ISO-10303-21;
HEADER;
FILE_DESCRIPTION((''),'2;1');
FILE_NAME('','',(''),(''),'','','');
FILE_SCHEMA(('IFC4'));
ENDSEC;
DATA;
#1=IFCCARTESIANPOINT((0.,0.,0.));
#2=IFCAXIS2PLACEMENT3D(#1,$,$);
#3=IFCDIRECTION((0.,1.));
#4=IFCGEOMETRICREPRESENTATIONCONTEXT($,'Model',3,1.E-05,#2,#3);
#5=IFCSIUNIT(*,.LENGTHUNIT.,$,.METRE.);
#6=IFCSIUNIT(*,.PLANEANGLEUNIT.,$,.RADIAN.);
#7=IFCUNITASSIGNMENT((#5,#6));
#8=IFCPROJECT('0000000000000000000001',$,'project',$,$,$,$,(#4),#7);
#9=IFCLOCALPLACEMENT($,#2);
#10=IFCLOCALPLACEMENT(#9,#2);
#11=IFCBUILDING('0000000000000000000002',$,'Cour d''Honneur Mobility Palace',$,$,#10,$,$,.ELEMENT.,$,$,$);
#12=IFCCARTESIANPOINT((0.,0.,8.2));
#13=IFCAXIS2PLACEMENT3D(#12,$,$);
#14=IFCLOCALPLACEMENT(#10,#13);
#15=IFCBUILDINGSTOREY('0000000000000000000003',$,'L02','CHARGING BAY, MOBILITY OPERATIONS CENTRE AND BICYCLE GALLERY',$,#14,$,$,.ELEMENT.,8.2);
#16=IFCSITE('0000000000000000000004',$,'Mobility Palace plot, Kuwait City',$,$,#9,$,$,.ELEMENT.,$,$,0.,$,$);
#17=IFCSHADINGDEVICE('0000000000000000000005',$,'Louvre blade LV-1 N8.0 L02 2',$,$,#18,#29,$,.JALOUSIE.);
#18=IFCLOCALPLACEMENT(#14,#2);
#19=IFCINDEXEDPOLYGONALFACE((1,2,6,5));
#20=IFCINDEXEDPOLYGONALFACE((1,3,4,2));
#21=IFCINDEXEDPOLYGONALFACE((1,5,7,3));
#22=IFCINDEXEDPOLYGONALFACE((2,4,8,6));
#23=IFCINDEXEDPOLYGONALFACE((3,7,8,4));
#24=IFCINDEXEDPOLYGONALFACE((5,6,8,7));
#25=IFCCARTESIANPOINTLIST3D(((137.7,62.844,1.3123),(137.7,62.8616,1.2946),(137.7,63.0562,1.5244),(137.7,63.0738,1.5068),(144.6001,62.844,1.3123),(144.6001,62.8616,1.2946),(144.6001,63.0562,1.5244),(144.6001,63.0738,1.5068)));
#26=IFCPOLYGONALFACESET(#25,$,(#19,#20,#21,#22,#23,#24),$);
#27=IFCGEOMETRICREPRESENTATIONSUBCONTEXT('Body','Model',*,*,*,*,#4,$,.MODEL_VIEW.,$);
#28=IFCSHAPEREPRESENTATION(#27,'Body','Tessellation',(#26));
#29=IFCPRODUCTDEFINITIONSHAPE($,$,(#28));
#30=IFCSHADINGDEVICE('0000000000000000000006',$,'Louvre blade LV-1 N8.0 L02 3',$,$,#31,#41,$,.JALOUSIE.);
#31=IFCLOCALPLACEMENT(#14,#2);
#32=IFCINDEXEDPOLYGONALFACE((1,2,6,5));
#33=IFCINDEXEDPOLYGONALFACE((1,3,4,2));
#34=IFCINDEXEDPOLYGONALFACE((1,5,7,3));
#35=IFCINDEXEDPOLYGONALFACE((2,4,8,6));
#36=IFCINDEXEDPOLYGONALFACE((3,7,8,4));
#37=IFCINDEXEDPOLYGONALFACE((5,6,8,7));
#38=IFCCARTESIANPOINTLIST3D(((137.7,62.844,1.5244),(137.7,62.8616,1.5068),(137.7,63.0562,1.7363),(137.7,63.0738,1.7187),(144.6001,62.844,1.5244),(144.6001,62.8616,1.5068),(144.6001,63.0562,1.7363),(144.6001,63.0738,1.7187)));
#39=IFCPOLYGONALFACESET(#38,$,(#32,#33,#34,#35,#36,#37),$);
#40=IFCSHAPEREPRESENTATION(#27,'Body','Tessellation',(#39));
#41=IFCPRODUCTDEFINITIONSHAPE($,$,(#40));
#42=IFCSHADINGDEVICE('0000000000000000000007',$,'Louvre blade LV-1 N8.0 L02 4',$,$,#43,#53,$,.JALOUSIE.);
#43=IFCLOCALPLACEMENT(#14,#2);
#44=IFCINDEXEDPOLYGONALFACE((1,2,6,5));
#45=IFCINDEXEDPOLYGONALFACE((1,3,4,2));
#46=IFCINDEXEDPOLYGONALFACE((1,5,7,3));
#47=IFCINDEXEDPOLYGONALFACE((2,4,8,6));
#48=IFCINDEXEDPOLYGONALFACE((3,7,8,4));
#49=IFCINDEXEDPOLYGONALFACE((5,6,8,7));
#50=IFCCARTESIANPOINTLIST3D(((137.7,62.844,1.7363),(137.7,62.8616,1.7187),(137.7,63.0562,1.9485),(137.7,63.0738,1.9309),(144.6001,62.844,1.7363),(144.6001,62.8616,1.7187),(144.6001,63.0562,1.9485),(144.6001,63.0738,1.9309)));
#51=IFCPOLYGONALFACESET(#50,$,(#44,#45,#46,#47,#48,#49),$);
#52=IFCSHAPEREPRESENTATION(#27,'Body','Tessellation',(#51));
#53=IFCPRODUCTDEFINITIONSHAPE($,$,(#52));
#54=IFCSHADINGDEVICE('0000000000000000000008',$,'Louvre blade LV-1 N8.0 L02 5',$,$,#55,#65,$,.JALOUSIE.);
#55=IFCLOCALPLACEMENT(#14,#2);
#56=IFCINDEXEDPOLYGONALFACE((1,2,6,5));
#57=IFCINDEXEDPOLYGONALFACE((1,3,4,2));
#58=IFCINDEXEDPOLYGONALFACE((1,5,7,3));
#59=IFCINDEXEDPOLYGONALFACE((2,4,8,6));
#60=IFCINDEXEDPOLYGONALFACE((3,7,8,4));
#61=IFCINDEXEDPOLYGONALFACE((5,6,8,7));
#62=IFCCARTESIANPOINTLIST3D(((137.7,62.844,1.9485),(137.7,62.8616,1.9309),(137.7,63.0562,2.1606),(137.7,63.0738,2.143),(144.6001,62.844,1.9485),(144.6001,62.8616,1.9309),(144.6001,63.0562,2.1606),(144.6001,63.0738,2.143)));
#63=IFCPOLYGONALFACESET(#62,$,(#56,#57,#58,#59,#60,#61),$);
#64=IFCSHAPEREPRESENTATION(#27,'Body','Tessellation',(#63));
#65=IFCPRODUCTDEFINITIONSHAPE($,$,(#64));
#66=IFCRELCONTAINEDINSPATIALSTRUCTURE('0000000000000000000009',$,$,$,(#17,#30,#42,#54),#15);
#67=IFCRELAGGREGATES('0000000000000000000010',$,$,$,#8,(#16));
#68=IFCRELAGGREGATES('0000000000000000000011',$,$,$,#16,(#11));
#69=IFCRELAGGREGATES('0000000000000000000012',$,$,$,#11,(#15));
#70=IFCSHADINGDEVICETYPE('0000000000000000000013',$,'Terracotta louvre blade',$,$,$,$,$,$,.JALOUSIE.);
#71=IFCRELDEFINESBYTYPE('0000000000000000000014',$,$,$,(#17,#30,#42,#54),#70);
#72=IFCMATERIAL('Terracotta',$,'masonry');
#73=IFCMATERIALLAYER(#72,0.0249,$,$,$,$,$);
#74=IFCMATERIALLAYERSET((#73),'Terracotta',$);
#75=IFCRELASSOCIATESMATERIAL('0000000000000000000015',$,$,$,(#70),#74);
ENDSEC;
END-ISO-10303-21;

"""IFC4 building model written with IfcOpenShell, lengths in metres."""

from ifc_helpers import new_model, si_unit, direction, frame, origin, place, context, subcontext, project, spatial, polyline, outline, extrude, material, layer, layer_set, type_object, element, save


model = new_model("IFC4")

# Units and contexts
model_context = context("Model", 3, precision=1e-05, world=origin(), true_north=direction((0.0, 1.0)))
body_context = subcontext(model_context, "Body", "Model", "MODEL_VIEW")
ifc_project = project(units=[si_unit("LENGTHUNIT", "METRE"), si_unit("PLANEANGLEUNIT", "RADIAN")], contexts=[model_context])

# Site, building, storey
site_placement = place(None, origin())
site = spatial("IfcSite", under=ifc_project, at=site_placement, Name="Mobility Palace plot, Kuwait City", CompositionType="ELEMENT", RefElevation=0.0)
building_placement = place(site_placement, origin())
building = spatial("IfcBuilding", under=site, at=building_placement, Name="Cour d'Honneur Mobility Palace", CompositionType="ELEMENT")
storey_placement = place(building_placement, frame((0.0, 0.0, 8.2)))
storey = spatial("IfcBuildingStorey", under=building, at=storey_placement, Name="L02", Description="CHARGING BAY, MOBILITY OPERATIONS CENTRE AND BICYCLE GALLERY", CompositionType="ELEMENT", Elevation=8.2)

# Shading devices
ifc_material_1 = material(Name="Terracotta", Category="masonry")
ifc_layer_1 = layer(ifc_material_1, 0.0249)
ifc_layer_set_1 = layer_set([ifc_layer_1], Name="Terracotta")
shading_device_type = type_object("IfcShadingDeviceType", Name="Terracotta louvre blade", PredefinedType="JALOUSIE", material=ifc_layer_set_1)
for number, where, z_axis, x_axis, name in (
    (1, (144.6001, 62.844, 1.3123), (0.0, -0.707107, 0.707107), (-1.0, 0.0, 0.0), "Louvre blade LV-1 N8.0 L02 2"),
):
    element("IfcShadingDevice", number, at=place(storey_placement, frame(where, z_axis=z_axis, x_axis=x_axis)), inside=storey, type_object=shading_device_type, Name=name, PredefinedType="JALOUSIE", context=body_context, shape_type="SweptSolid", body=[
        extrude(outline(polyline([(0.0, 0.0), (6.9001, 0.0), (6.9001, -0.3), (0.0, -0.3), (0.0, 0.0)])), origin(), (0.0, 0.0, -1.0), 0.0249),
    ])
shading_device_placement = place(storey_placement, frame((144.6001, 62.844, 1.5244), z_axis=(0.0, -0.7067, 0.707514), x_axis=(-1.0, 0.0, 0.0)))
element("IfcShadingDevice", 2, at=shading_device_placement, inside=storey, type_object=shading_device_type, Name="Louvre blade LV-1 N8.0 L02 3", PredefinedType="JALOUSIE", context=body_context, shape_type="SweptSolid", body=[
    extrude(outline(polyline([(0.0, 0.0), (6.9001, 0.0), (6.9001, -0.2999), (0.0, -0.2999), (0.0, 0.0)])), origin(), (0.0, 0.0, -1.0), 0.0249),
])
for number, where, z_axis, x_axis, name in (
    (3, (144.6001, 62.844, 1.7363), (0.0, -0.707107, 0.707107), (-1.0, 0.0, 0.0), "Louvre blade LV-1 N8.0 L02 4"),
    (4, (144.6001, 62.844, 1.9485), (0.0, -0.707107, 0.707107), (-1.0, 0.0, 0.0), "Louvre blade LV-1 N8.0 L02 5"),
):
    element("IfcShadingDevice", number, at=place(storey_placement, frame(where, z_axis=z_axis, x_axis=x_axis)), inside=storey, type_object=shading_device_type, Name=name, PredefinedType="JALOUSIE", context=body_context, shape_type="SweptSolid", body=[
        extrude(outline(polyline([(0.0, 0.0), (6.9001, 0.0), (6.9001, -0.3), (0.0, -0.3), (0.0, 0.0)])), origin(), (0.0, 0.0, -1.0), 0.0249),
    ])

save(model, "model.ifc")
